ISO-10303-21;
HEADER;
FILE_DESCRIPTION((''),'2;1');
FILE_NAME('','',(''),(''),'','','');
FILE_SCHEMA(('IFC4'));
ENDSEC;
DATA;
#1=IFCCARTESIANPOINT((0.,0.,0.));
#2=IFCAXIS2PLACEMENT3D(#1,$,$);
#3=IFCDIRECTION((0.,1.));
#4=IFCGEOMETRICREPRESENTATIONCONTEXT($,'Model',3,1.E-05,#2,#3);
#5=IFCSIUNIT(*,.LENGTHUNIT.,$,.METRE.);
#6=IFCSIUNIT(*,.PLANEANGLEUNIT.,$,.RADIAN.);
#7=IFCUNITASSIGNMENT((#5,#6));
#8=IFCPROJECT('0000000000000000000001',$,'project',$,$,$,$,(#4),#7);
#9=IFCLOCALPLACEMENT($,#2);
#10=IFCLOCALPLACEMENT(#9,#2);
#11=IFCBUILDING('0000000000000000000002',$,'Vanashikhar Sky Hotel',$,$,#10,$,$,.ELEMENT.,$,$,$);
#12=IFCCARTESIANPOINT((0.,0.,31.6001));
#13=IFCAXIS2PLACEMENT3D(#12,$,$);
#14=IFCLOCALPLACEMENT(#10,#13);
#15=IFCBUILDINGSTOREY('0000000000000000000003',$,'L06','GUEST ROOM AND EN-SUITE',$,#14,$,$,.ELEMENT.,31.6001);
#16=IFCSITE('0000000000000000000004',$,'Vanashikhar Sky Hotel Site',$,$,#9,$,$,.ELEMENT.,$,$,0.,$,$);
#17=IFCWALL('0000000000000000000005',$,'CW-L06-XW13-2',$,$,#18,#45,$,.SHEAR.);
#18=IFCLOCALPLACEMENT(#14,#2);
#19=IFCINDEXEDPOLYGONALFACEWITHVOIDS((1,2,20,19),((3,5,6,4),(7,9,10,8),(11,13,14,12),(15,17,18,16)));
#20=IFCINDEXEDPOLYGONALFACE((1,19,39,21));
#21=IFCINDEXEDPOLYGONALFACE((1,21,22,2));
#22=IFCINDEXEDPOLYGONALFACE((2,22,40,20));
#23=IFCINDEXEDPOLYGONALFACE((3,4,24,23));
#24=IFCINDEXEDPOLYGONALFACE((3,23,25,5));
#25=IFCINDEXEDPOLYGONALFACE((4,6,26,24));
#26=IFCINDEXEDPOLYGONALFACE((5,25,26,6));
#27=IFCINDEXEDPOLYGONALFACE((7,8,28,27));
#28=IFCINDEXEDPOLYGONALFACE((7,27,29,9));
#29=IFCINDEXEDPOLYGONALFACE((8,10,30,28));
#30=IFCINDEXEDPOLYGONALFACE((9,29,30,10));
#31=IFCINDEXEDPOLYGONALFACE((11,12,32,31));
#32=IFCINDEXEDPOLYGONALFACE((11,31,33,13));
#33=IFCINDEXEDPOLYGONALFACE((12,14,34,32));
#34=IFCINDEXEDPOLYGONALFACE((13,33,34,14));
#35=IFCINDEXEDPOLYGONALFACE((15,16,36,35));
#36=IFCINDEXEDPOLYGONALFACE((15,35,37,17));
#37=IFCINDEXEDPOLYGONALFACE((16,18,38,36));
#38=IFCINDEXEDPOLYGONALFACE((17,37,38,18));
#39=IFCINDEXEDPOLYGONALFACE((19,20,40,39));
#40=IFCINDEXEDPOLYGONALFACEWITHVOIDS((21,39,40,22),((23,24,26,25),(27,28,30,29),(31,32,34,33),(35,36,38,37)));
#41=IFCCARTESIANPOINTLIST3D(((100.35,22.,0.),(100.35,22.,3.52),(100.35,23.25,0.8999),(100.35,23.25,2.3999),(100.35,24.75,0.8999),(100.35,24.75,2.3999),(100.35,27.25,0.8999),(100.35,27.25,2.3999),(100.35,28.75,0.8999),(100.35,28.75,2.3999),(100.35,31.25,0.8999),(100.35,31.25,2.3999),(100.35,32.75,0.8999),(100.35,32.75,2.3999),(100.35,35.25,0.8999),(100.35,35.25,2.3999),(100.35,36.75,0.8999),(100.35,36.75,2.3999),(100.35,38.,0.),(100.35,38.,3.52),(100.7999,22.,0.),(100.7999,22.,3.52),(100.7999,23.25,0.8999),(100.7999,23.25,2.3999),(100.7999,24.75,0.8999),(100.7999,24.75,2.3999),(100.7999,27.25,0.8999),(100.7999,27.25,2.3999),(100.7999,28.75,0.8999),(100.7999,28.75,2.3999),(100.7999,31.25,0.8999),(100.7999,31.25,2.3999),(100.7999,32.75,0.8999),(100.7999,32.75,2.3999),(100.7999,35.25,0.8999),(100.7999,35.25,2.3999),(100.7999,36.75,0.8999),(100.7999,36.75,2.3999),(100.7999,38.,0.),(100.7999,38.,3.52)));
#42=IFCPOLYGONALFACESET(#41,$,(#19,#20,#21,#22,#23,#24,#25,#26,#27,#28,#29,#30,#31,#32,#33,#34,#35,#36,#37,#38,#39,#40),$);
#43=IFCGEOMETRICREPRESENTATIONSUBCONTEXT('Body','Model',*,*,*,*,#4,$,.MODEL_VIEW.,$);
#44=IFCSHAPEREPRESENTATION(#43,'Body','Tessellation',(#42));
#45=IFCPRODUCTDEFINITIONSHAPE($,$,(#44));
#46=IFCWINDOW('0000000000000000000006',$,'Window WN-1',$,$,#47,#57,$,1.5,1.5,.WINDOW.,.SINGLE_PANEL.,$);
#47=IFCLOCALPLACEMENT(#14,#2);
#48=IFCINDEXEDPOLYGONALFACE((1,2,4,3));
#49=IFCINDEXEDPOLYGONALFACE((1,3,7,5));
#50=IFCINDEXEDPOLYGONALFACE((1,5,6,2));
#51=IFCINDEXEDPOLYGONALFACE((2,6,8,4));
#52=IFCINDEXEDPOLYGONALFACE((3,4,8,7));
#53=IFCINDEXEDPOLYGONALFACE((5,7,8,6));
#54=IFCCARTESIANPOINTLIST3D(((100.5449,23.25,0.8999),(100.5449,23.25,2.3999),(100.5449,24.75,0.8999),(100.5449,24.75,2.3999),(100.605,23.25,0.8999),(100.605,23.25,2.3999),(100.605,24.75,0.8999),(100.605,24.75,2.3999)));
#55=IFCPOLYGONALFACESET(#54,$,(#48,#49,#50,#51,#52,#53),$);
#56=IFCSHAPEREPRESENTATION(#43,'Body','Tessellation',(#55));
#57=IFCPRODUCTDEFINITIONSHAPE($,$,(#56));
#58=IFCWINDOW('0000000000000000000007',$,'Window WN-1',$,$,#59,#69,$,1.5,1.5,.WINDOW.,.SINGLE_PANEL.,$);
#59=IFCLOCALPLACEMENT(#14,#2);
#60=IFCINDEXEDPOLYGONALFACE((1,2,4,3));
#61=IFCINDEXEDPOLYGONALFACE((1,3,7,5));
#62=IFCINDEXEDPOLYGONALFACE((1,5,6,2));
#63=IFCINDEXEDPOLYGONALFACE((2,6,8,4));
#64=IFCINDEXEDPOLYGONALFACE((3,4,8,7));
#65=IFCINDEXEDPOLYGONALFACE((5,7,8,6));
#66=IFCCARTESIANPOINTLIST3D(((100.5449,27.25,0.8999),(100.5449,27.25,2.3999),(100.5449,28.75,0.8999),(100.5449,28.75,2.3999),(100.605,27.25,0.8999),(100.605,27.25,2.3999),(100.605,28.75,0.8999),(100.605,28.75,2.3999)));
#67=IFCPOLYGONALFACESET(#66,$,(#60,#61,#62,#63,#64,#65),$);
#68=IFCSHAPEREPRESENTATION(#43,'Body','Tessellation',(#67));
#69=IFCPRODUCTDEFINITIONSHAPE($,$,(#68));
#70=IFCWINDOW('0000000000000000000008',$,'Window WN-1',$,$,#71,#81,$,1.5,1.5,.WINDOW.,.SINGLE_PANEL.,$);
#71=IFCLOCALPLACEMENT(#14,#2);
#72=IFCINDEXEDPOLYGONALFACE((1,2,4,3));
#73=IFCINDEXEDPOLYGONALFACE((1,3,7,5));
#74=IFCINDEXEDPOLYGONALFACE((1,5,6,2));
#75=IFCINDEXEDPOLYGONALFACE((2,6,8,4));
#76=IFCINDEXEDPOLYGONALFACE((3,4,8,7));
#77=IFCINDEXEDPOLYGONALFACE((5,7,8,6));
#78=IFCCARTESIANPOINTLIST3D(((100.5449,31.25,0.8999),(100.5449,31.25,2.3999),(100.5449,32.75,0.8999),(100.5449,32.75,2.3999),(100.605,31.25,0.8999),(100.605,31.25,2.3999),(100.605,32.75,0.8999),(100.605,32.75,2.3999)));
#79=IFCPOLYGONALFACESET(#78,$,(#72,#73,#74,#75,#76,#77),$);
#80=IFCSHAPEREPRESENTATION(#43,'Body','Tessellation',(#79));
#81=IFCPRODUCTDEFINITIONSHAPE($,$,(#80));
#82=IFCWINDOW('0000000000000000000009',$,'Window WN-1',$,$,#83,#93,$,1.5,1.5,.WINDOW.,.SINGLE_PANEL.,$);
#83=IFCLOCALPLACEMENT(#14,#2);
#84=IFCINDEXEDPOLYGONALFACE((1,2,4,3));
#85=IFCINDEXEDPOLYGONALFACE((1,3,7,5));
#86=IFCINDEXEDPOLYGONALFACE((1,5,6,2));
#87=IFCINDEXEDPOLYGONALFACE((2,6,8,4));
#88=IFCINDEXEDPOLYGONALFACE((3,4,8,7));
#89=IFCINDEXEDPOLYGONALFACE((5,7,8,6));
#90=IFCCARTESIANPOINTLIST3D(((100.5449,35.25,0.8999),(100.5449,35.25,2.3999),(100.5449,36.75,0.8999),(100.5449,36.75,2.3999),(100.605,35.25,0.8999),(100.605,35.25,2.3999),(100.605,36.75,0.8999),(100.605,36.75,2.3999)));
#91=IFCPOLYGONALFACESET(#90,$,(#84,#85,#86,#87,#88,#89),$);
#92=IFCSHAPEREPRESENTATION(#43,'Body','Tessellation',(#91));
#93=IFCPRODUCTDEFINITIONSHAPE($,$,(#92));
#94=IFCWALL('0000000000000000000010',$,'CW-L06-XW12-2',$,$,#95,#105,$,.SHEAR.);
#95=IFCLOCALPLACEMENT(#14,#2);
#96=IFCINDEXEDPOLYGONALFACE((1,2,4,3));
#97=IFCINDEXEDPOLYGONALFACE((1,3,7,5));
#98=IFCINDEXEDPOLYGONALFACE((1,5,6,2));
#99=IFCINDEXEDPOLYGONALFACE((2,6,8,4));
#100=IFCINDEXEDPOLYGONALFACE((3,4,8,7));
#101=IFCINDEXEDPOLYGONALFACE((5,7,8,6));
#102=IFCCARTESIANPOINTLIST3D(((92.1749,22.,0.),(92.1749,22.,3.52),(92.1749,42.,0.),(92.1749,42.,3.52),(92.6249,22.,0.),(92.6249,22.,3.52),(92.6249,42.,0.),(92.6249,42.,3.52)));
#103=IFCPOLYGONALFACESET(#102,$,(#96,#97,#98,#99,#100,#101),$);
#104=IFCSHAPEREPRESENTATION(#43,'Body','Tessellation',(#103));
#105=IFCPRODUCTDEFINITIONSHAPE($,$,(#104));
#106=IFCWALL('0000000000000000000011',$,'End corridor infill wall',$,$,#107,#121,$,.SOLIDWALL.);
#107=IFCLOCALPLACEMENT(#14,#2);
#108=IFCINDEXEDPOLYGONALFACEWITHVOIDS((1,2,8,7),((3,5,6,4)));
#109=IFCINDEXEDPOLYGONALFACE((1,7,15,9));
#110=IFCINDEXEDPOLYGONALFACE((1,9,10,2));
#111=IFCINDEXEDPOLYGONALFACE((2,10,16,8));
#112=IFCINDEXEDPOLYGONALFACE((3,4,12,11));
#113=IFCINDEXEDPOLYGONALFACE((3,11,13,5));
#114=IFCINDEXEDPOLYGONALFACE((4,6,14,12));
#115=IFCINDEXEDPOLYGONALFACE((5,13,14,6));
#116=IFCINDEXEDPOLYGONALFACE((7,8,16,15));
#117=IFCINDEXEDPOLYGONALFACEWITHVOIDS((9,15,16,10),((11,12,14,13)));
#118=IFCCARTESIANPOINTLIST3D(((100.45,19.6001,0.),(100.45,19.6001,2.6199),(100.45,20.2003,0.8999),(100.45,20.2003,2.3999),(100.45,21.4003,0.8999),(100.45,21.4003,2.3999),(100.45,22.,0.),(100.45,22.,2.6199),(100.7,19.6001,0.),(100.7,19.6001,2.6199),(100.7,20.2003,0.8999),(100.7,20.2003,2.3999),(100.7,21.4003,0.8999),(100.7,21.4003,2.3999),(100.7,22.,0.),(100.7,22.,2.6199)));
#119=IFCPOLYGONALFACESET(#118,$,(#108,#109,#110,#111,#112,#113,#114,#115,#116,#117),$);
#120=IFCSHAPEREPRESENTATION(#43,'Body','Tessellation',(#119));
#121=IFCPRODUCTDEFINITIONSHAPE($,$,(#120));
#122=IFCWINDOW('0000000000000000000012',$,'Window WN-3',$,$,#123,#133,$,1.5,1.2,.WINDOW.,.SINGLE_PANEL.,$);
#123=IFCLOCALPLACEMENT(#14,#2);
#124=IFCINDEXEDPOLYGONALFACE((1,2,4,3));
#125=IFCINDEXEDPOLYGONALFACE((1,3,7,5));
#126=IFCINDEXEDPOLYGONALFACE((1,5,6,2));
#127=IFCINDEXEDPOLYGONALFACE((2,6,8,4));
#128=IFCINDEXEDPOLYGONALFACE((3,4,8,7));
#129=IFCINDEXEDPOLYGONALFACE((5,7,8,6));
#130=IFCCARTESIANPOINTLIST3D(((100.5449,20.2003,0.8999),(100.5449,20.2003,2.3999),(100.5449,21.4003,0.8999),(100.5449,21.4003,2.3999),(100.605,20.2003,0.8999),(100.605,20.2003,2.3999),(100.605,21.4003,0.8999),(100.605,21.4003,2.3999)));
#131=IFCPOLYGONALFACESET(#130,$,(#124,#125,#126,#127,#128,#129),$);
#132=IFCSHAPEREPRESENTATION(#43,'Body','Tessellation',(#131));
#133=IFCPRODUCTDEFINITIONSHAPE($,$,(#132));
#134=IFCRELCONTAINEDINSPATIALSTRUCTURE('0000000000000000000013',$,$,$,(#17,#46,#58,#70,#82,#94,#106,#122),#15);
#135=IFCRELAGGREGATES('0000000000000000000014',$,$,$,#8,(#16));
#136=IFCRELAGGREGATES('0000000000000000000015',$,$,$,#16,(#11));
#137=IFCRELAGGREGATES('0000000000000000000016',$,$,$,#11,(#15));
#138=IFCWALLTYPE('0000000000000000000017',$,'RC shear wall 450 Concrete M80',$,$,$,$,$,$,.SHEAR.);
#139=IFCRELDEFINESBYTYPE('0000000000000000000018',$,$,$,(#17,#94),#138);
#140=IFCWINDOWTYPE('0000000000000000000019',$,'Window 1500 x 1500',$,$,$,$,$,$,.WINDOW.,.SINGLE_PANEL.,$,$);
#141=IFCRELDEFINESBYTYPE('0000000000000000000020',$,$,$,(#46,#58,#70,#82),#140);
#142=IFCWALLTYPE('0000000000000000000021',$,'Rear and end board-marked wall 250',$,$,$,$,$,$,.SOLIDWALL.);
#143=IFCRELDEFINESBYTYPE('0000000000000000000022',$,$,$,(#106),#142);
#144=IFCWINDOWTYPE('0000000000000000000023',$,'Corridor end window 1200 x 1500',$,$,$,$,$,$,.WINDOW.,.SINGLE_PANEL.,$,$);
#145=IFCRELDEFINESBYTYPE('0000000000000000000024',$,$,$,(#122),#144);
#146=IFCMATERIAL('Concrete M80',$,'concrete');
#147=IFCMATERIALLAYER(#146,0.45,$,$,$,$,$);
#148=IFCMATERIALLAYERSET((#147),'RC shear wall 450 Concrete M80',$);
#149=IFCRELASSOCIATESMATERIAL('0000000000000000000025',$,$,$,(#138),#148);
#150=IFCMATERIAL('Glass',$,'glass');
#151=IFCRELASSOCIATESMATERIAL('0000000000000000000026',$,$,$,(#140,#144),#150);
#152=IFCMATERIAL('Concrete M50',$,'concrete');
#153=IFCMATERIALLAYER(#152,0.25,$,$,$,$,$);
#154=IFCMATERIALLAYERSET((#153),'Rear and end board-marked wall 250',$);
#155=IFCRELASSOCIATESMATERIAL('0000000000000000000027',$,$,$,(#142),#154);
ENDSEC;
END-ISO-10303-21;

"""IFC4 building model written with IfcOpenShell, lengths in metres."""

from ifc_helpers import new_model, si_unit, direction, frame, frame_2d, origin, place, context, subcontext, project, spatial, rectangle, extrude, source, transform, mapped, material, layer, layer_set, type_object, element, fill, save


model = new_model("IFC4")

# Units and contexts
model_context = context("Model", 3, precision=1e-05, world=origin(), true_north=direction((0.0, 1.0)))
body_context = subcontext(model_context, "Body", "Model", "MODEL_VIEW")
ifc_project = project(units=[si_unit("LENGTHUNIT", "METRE"), si_unit("PLANEANGLEUNIT", "RADIAN")], contexts=[model_context])

# Site, building, storey
site_placement = place(None, origin())
site = spatial("IfcSite", under=ifc_project, at=site_placement, Name="Vanashikhar Sky Hotel Site", CompositionType="ELEMENT", RefElevation=0.0)
building_placement = place(site_placement, origin())
building = spatial("IfcBuilding", under=site, at=building_placement, Name="Vanashikhar Sky Hotel", CompositionType="ELEMENT")
storey_placement = place(building_placement, frame((0.0, 0.0, 31.6001)))
storey = spatial("IfcBuildingStorey", under=building, at=storey_placement, Name="L06", Description="GUEST ROOM AND EN-SUITE", CompositionType="ELEMENT", Elevation=31.6001)

# Wall, openings, windows
ifc_material_1 = material(Name="Concrete M80", Category="concrete")
ifc_layer_1 = layer(ifc_material_1, 0.45)
ifc_layer_set_1 = layer_set([ifc_layer_1], Name="RC shear wall 450 Concrete M80")
wall_type_1 = type_object("IfcWallType", Name="RC shear wall 450 Concrete M80", PredefinedType="SHEAR", material=ifc_layer_set_1)
shared_shape_1 = source(origin(), body_context, "Body", "SweptSolid", [
    extrude(rectangle(XDim=16.0, YDim=0.45, at=frame_2d((8.0, 0.0))), origin(), (0.0, 0.0, 1.0), 3.52),
])
wall_1_placement = place(storey_placement, frame((100.575, 22.0, 0.0), z_axis=(0.0, 0.0, 1.0), x_axis=(0.0, 1.0, 0.0)))
wall_1 = element("IfcWall", 1, at=wall_1_placement, inside=storey, type_object=wall_type_1, Name="CW-L06-XW13-2", PredefinedType="SHEAR", context=body_context, shape_type="MappedRepresentation", body=[
    mapped(shared_shape_1, transform((0.0, 0.0, 0.0), scale=1.0)),
])
shared_shape_2 = source(origin(), body_context, "Body", "SweptSolid", [
    extrude(rectangle(XDim=1.5, YDim=1.5, at=frame_2d((0.75, 0.75))), frame((0.0, 0.2349, 0.0), z_axis=(0.0, -1.0, 0.0), x_axis=(1.0, 0.0, 0.0)), (0.0, 0.0, 1.0), 0.47),
])
opening_1_placement = place(wall_1_placement, frame((1.25, 0.0, 0.8999)))
opening_1 = element("IfcOpeningElement", 2, at=opening_1_placement, cuts=wall_1, PredefinedType="OPENING", context=body_context, shape_type="MappedRepresentation", body=[
    mapped(shared_shape_2, transform((0.0, 0.0, 0.0), scale=1.0)),
])
opening_2_placement = place(wall_1_placement, frame((5.25, 0.0, 0.8999)))
opening_2 = element("IfcOpeningElement", 3, at=opening_2_placement, cuts=wall_1, PredefinedType="OPENING", context=body_context, shape_type="MappedRepresentation", body=[
    mapped(shared_shape_2, transform((0.0, 0.0, 0.0), scale=1.0)),
])
opening_3_placement = place(wall_1_placement, frame((9.25, 0.0, 0.8999)))
opening_3 = element("IfcOpeningElement", 4, at=opening_3_placement, cuts=wall_1, PredefinedType="OPENING", context=body_context, shape_type="MappedRepresentation", body=[
    mapped(shared_shape_2, transform((0.0, 0.0, 0.0), scale=1.0)),
])
opening_4_placement = place(wall_1_placement, frame((13.25, 0.0, 0.8999)))
opening_4 = element("IfcOpeningElement", 5, at=opening_4_placement, cuts=wall_1, PredefinedType="OPENING", context=body_context, shape_type="MappedRepresentation", body=[
    mapped(shared_shape_2, transform((0.0, 0.0, 0.0), scale=1.0)),
])
ifc_material_2 = material(Name="Glass", Category="glass")
window_type_1 = type_object("IfcWindowType", Name="Window 1500 x 1500", PartitioningType="SINGLE_PANEL", PredefinedType="WINDOW", material=ifc_material_2)
shared_shape_3 = source(origin(), body_context, "Body", "SweptSolid", [
    extrude(rectangle(XDim=1.5, YDim=1.5, at=frame_2d((0.75, 0.75))), frame((0.0, 0.03, 0.0), z_axis=(0.0, -1.0, 0.0), x_axis=(1.0, 0.0, 0.0)), (0.0, 0.0, 1.0), 0.0601),
])
window_1_placement = place(opening_1_placement, origin())
window_1 = element("IfcWindow", 6, at=window_1_placement, inside=storey, type_object=window_type_1, Name="Window WN-1", OverallHeight=1.5, OverallWidth=1.5, PartitioningType="SINGLE_PANEL", PredefinedType="WINDOW", context=body_context, shape_type="MappedRepresentation", body=[
    mapped(shared_shape_3, transform((0.0, 0.0, 0.0), scale=1.0)),
])
fill(opening_1, window_1)
window_2_placement = place(opening_2_placement, origin())
window_2 = element("IfcWindow", 7, at=window_2_placement, inside=storey, type_object=window_type_1, Name="Window WN-1", OverallHeight=1.5, OverallWidth=1.5, PartitioningType="SINGLE_PANEL", PredefinedType="WINDOW", context=body_context, shape_type="MappedRepresentation", body=[
    mapped(shared_shape_3, transform((0.0, 0.0, 0.0), scale=1.0)),
])
fill(opening_2, window_2)
window_3_placement = place(opening_3_placement, origin())
window_3 = element("IfcWindow", 8, at=window_3_placement, inside=storey, type_object=window_type_1, Name="Window WN-1", OverallHeight=1.5, OverallWidth=1.5, PartitioningType="SINGLE_PANEL", PredefinedType="WINDOW", context=body_context, shape_type="MappedRepresentation", body=[
    mapped(shared_shape_3, transform((0.0, 0.0, 0.0), scale=1.0)),
])
fill(opening_3, window_3)
window_4_placement = place(opening_4_placement, origin())
window_4 = element("IfcWindow", 9, at=window_4_placement, inside=storey, type_object=window_type_1, Name="Window WN-1", OverallHeight=1.5, OverallWidth=1.5, PartitioningType="SINGLE_PANEL", PredefinedType="WINDOW", context=body_context, shape_type="MappedRepresentation", body=[
    mapped(shared_shape_3, transform((0.0, 0.0, 0.0), scale=1.0)),
])
fill(opening_4, window_4)

# Wall
shared_shape_4 = source(origin(), body_context, "Body", "SweptSolid", [
    extrude(rectangle(XDim=20.0, YDim=0.45, at=frame_2d((10.0, 0.0))), origin(), (0.0, 0.0, 1.0), 3.52),
])
wall_2_placement = place(storey_placement, frame((92.3999, 22.0, 0.0), z_axis=(0.0, 0.0, 1.0), x_axis=(0.0, 1.0, 0.0)))
element("IfcWall", 10, at=wall_2_placement, inside=storey, type_object=wall_type_1, Name="CW-L06-XW12-2", PredefinedType="SHEAR", context=body_context, shape_type="MappedRepresentation", body=[
    mapped(shared_shape_4, transform((0.0, 0.0, 0.0), scale=1.0)),
])

# Wall, opening, window
ifc_material_3 = material(Name="Concrete M50", Category="concrete")
ifc_layer_2 = layer(ifc_material_3, 0.25)
ifc_layer_set_2 = layer_set([ifc_layer_2], Name="Rear and end board-marked wall 250")
wall_type_2 = type_object("IfcWallType", Name="Rear and end board-marked wall 250", PredefinedType="SOLIDWALL", material=ifc_layer_set_2)
shared_shape_5 = source(origin(), body_context, "Body", "SweptSolid", [
    extrude(rectangle(XDim=2.3999, YDim=0.25, at=frame_2d((1.2, 0.0))), origin(), (0.0, 0.0, 1.0), 2.6199),
])
wall_3_placement = place(storey_placement, frame((100.575, 19.6001, 0.0), z_axis=(0.0, 0.0, 1.0), x_axis=(0.0, 1.0, 0.0)))
wall_3 = element("IfcWall", 11, at=wall_3_placement, inside=storey, type_object=wall_type_2, Name="End corridor infill wall", PredefinedType="SOLIDWALL", context=body_context, shape_type="MappedRepresentation", body=[
    mapped(shared_shape_5, transform((0.0, 0.0, 0.0), scale=1.0)),
])
shared_shape_6 = source(origin(), body_context, "Body", "SweptSolid", [
    extrude(rectangle(XDim=1.2, YDim=1.5, at=frame_2d((0.6001, 0.75))), frame((0.0, 0.135, 0.0), z_axis=(0.0, -1.0, 0.0), x_axis=(1.0, 0.0, 0.0)), (0.0, 0.0, 1.0), 0.27),
])
opening_5_placement = place(wall_3_placement, frame((0.6001, 0.0, 0.8999)))
opening_5 = element("IfcOpeningElement", 12, at=opening_5_placement, cuts=wall_3, PredefinedType="OPENING", context=body_context, shape_type="MappedRepresentation", body=[
    mapped(shared_shape_6, transform((0.0, 0.0, 0.0), scale=1.0)),
])
window_type_2 = type_object("IfcWindowType", Name="Corridor end window 1200 x 1500", PartitioningType="SINGLE_PANEL", PredefinedType="WINDOW", material=ifc_material_2)
shared_shape_7 = source(origin(), body_context, "Body", "SweptSolid", [
    extrude(rectangle(XDim=1.2, YDim=1.5, at=frame_2d((0.6001, 0.75))), frame((0.0, 0.03, 0.0), z_axis=(0.0, -1.0, 0.0), x_axis=(1.0, 0.0, 0.0)), (0.0, 0.0, 1.0), 0.0601),
])
window_5_placement = place(opening_5_placement, origin())
window_5 = element("IfcWindow", 13, at=window_5_placement, inside=storey, type_object=window_type_2, Name="Window WN-3", OverallHeight=1.5, OverallWidth=1.2, PartitioningType="SINGLE_PANEL", PredefinedType="WINDOW", context=body_context, shape_type="MappedRepresentation", body=[
    mapped(shared_shape_7, transform((0.0, 0.0, 0.0), scale=1.0)),
])
fill(opening_5, window_5)

save(model, "model.ifc")
